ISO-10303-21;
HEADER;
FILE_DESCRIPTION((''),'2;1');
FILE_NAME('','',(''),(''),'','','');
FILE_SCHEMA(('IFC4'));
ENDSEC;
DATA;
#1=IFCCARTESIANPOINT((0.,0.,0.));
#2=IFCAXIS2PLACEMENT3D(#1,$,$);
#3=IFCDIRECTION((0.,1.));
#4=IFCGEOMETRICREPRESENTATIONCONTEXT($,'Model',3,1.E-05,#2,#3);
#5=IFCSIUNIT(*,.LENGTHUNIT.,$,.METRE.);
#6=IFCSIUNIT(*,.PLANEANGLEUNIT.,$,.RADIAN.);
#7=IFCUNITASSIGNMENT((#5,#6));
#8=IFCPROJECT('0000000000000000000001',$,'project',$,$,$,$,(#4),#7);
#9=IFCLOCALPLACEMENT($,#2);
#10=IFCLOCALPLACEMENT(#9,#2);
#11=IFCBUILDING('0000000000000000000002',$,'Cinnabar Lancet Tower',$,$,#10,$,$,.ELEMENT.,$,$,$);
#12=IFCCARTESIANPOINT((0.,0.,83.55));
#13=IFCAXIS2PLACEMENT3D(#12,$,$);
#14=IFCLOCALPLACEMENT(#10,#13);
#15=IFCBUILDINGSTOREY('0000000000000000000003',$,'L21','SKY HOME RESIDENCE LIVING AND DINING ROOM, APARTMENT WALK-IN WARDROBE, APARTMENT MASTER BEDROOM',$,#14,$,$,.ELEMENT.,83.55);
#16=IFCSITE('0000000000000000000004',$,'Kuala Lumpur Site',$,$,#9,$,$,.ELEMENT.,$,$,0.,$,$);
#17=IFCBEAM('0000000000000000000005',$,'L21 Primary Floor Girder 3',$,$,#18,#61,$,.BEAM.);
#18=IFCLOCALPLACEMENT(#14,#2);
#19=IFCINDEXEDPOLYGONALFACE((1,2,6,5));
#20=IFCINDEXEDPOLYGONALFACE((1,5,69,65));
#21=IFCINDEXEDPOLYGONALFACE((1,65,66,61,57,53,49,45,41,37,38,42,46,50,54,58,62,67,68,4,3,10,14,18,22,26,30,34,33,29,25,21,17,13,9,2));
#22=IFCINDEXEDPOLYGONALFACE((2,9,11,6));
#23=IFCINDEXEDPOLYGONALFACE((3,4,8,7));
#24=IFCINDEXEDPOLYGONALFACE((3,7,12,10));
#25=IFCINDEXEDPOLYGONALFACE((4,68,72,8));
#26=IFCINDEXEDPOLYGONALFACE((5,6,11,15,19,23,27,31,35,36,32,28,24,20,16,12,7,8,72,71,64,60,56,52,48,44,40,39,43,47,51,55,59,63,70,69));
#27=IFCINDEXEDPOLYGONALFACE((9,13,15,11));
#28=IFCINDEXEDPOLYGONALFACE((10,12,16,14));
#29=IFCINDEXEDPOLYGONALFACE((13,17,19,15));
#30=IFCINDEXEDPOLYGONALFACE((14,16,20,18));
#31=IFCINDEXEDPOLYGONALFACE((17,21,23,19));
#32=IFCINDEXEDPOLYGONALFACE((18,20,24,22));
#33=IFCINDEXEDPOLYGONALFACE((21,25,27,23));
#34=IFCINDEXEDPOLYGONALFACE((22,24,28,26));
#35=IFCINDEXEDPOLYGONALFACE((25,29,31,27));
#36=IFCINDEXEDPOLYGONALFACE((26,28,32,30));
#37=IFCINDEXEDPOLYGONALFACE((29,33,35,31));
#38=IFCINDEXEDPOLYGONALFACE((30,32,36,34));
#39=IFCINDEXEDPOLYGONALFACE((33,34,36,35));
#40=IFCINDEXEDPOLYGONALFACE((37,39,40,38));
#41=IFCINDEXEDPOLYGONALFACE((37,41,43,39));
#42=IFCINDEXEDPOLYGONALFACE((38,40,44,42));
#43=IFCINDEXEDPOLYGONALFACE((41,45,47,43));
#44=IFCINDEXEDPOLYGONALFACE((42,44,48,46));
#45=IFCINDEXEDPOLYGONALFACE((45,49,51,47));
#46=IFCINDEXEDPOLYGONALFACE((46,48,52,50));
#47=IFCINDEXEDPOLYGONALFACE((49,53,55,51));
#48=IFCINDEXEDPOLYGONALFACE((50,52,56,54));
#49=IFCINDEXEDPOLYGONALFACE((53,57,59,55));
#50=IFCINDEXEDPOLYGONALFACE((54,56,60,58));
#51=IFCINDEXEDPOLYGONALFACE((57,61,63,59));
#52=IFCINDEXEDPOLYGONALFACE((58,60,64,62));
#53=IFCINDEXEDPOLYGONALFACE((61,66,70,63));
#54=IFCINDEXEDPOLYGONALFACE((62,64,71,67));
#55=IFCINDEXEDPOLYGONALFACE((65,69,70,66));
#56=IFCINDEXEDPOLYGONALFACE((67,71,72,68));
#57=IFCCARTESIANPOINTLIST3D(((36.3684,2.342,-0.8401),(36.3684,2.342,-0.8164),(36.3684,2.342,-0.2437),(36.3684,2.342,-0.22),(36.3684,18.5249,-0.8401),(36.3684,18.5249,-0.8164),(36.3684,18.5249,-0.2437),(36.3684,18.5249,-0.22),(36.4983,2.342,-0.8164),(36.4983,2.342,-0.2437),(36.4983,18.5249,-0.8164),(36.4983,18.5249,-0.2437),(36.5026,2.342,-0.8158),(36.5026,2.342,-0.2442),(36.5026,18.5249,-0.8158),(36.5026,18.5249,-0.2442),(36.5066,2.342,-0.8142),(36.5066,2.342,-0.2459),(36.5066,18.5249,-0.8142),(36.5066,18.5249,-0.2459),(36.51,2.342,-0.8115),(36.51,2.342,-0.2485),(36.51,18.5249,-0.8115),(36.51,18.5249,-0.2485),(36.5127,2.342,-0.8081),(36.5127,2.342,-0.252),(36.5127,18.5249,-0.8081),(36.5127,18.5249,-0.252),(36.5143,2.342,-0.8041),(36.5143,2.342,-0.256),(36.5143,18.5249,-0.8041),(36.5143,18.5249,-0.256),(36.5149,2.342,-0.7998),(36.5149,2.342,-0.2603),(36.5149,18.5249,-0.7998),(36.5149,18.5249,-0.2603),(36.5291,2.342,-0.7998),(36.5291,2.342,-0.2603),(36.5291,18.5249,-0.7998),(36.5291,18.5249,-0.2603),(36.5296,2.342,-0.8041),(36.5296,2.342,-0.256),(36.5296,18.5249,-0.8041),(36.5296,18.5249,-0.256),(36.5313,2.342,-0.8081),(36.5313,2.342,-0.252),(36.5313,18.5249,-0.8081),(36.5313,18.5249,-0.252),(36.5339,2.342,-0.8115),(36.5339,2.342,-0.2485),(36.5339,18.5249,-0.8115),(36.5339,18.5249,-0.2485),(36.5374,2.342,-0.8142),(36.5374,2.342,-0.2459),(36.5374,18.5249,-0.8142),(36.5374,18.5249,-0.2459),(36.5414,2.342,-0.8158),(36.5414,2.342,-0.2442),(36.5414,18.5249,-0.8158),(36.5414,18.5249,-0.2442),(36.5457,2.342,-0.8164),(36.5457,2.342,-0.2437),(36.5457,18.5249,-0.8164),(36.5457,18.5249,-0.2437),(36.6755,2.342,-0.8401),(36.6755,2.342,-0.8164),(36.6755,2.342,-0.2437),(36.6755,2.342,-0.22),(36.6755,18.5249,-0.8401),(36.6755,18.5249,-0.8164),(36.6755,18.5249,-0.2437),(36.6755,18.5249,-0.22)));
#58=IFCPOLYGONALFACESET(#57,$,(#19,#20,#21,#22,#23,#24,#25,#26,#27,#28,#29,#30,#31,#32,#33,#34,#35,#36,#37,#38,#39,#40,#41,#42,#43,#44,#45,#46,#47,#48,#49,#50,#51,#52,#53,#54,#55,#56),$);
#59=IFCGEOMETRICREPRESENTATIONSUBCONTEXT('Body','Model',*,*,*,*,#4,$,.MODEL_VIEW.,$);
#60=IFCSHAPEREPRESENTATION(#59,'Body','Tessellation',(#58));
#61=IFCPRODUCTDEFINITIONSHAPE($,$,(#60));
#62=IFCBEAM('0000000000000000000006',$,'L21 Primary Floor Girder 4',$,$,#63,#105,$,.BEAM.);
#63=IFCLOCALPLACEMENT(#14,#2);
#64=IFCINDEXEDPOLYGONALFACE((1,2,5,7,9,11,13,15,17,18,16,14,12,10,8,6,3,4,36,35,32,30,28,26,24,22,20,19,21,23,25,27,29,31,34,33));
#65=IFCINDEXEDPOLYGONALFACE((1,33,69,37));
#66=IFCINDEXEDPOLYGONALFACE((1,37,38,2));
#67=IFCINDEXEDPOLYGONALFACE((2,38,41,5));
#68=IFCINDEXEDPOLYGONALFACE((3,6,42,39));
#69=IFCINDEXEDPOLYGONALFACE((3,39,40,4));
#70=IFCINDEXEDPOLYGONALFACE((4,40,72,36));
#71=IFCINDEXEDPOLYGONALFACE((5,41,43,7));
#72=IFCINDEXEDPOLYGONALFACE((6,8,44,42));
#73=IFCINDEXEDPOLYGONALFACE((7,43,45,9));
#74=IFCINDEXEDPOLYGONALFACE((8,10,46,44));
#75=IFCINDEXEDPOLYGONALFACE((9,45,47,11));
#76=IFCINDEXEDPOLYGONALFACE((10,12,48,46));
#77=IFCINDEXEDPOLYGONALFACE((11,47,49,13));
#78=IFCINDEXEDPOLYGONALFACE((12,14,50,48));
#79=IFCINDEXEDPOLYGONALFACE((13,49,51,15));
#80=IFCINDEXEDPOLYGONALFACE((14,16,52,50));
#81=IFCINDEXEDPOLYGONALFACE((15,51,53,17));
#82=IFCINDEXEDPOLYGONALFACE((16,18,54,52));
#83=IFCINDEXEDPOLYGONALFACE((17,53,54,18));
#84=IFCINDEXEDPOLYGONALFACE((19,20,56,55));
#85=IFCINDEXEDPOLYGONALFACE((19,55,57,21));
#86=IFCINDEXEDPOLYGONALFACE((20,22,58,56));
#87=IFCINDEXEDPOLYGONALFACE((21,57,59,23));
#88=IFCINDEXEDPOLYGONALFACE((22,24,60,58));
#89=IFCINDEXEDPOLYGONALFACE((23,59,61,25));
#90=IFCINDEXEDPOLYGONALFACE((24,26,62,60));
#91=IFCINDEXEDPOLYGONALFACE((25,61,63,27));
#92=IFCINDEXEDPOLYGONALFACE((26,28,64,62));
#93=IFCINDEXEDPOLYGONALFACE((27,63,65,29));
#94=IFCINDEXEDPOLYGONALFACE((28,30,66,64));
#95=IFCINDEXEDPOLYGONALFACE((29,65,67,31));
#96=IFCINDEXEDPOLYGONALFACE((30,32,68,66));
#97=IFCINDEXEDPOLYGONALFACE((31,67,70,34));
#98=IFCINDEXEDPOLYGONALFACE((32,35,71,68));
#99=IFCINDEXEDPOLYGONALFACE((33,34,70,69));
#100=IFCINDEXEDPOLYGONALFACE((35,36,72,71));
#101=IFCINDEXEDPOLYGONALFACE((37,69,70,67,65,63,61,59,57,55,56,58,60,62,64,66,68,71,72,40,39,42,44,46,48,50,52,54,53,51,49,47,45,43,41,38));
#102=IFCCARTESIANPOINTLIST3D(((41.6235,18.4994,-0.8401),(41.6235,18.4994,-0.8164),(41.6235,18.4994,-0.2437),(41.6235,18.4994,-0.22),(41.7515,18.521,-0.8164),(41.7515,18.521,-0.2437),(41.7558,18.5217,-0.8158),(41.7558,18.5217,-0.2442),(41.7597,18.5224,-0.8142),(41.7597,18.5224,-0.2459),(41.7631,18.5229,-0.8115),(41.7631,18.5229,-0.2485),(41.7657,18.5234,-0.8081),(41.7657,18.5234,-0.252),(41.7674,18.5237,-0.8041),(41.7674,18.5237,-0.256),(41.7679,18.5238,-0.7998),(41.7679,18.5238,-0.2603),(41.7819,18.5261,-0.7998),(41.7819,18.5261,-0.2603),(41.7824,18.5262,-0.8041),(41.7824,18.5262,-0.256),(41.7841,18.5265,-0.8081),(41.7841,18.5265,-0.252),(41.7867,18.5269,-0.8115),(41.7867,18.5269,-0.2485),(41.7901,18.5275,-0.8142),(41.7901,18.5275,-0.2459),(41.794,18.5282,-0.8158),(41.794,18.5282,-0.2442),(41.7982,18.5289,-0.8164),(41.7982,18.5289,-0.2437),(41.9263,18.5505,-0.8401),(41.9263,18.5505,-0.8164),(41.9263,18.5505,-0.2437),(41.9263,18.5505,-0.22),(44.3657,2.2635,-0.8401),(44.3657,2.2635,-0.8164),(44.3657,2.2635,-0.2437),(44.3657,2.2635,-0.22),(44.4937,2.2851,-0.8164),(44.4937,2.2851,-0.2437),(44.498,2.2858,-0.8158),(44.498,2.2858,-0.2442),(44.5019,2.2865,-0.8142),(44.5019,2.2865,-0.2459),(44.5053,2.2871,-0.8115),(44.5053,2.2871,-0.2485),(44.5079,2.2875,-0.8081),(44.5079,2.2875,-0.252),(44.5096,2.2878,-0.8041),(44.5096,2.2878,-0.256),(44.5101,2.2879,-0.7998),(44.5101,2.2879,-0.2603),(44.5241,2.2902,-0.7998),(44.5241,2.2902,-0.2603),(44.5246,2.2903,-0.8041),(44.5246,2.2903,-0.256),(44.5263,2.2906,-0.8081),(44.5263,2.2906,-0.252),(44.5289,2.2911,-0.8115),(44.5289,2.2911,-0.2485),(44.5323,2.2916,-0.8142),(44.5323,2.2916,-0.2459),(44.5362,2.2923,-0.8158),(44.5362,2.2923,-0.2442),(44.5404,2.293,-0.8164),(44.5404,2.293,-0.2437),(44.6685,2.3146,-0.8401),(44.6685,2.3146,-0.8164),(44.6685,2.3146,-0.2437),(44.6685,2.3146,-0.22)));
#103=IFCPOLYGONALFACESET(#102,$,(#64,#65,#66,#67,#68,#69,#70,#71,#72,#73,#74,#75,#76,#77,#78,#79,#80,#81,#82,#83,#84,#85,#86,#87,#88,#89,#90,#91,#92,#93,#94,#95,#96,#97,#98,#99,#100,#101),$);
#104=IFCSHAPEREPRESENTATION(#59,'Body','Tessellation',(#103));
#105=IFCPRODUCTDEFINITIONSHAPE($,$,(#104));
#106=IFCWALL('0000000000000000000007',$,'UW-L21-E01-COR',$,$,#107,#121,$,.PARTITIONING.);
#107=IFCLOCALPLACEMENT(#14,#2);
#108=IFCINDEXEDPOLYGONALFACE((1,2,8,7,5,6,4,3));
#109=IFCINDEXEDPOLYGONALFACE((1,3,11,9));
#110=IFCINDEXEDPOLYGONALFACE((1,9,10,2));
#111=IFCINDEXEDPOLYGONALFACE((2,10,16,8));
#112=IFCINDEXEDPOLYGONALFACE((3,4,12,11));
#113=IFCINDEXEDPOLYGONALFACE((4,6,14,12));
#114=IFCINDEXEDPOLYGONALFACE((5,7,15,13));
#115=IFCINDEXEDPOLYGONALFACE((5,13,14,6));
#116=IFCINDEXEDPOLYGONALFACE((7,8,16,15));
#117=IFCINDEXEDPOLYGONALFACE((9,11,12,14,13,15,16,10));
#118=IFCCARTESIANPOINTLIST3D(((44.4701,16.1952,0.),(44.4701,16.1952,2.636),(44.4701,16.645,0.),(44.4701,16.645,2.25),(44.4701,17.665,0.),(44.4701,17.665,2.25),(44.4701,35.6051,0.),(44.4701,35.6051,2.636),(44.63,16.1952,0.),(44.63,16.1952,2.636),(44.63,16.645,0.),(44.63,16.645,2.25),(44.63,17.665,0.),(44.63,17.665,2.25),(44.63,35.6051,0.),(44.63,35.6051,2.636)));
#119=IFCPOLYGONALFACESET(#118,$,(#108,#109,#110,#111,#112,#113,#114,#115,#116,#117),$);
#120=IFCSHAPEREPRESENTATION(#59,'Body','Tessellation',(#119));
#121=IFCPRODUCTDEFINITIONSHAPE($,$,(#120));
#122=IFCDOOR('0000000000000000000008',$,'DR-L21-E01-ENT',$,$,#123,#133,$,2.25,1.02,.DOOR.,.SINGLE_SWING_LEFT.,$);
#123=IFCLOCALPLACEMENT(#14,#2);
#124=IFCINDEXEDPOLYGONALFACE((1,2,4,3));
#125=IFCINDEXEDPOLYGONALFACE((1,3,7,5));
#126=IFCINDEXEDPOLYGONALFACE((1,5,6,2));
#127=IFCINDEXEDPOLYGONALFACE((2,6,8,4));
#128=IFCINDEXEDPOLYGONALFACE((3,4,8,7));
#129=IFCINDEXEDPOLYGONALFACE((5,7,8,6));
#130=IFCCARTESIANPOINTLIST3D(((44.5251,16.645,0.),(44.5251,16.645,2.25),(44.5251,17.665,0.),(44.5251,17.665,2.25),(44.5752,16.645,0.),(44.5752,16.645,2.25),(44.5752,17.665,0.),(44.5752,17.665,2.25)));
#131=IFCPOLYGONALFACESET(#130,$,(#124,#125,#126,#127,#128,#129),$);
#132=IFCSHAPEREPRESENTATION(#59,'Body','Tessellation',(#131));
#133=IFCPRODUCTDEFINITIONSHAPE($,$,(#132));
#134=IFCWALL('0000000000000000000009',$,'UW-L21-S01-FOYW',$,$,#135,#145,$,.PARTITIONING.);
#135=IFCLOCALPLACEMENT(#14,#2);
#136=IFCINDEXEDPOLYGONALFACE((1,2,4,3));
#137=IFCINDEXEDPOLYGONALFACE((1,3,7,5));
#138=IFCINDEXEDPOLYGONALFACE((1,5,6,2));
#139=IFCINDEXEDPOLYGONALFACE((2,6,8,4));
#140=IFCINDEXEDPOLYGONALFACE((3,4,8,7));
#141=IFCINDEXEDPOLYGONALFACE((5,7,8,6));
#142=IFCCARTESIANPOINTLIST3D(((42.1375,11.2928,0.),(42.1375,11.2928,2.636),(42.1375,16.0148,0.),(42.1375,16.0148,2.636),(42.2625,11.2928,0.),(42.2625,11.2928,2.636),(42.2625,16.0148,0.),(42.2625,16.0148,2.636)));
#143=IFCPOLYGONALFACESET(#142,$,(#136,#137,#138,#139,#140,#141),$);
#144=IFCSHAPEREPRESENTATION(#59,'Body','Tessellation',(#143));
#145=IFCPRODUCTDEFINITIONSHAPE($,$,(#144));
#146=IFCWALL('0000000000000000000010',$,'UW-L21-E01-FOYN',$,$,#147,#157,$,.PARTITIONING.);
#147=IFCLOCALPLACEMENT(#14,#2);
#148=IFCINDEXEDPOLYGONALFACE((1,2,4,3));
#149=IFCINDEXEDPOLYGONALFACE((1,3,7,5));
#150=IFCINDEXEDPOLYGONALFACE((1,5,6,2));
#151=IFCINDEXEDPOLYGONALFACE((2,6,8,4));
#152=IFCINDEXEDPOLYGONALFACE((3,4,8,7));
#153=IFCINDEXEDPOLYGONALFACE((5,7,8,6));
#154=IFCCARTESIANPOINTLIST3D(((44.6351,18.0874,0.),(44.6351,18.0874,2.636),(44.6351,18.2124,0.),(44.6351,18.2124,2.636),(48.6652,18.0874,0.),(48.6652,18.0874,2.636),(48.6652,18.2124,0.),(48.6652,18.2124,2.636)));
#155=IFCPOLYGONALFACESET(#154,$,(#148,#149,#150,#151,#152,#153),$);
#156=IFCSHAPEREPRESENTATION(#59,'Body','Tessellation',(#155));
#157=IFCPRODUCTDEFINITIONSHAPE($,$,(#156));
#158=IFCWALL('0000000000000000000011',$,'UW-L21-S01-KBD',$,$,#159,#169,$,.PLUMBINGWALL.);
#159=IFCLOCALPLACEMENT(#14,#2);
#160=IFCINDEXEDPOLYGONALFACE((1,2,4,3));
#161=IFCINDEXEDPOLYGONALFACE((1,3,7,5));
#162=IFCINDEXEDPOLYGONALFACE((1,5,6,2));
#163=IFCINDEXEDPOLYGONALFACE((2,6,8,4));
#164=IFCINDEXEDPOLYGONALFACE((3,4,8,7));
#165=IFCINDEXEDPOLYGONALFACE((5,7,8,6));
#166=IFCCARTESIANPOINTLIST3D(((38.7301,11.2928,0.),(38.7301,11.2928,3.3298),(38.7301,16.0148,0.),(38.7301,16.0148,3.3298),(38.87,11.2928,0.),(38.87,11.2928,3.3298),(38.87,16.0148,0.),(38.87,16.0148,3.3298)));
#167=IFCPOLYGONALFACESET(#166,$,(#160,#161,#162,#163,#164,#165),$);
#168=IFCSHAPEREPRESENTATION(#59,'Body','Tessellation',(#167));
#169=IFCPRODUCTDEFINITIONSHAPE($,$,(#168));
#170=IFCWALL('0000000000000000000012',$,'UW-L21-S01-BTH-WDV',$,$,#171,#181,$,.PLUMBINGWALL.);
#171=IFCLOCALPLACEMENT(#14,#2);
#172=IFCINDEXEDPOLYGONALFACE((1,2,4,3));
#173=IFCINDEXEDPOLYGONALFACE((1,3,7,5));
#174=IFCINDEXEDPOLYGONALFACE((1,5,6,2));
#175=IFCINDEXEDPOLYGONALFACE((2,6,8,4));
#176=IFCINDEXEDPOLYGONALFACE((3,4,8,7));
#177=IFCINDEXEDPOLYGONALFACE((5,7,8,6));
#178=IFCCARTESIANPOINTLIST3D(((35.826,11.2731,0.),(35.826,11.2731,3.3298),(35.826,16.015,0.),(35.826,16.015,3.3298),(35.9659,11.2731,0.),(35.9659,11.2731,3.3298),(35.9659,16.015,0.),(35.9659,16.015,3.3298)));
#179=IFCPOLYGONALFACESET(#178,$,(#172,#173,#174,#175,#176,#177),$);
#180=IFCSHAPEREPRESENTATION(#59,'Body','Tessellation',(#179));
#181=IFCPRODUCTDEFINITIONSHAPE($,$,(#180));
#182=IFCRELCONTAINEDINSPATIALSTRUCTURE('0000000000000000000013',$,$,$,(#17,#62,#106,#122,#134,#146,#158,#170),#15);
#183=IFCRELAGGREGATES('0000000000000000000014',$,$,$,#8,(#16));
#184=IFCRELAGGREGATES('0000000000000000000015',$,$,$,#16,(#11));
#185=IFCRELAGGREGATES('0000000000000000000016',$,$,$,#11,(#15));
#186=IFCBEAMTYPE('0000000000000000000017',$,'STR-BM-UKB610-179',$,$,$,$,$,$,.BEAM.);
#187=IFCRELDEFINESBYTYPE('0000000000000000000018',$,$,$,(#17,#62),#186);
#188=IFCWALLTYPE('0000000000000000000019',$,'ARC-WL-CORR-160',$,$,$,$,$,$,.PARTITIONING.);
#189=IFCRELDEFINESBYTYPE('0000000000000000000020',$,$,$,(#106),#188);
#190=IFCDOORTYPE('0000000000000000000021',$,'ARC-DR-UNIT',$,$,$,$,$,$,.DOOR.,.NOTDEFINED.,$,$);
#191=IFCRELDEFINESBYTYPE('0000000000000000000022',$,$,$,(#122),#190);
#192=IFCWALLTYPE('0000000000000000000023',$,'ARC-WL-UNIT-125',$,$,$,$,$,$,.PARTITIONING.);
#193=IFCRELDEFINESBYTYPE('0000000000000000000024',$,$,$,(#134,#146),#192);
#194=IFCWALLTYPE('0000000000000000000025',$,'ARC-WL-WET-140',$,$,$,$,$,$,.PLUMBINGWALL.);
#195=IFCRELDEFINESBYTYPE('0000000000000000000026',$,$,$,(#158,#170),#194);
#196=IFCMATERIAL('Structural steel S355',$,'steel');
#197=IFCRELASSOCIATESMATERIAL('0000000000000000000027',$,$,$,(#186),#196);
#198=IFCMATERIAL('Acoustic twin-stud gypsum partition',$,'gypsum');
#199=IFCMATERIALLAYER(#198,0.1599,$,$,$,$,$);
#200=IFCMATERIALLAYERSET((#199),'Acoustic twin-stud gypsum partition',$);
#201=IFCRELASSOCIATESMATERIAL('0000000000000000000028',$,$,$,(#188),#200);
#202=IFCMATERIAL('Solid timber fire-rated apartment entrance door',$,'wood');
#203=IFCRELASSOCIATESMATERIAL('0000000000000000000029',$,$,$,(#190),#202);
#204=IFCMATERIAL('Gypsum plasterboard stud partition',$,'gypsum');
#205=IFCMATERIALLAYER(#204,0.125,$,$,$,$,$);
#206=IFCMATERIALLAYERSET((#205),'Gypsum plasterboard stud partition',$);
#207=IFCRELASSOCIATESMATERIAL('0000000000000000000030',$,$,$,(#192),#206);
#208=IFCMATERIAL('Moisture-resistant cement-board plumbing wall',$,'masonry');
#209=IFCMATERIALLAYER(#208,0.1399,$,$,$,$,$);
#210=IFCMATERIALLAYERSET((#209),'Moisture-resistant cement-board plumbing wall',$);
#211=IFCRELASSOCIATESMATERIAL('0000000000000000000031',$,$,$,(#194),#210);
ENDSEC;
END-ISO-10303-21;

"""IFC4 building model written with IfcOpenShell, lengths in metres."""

from ifc_helpers import new_model, si_unit, direction, frame, frame_2d, origin, origin_2d, place, context, subcontext, project, spatial, rectangle, i_section, extrude, material, layer, layer_set, material_profile, profile_set, type_object, element, fill, save


model = new_model("IFC4")

# Units and contexts
model_context = context("Model", 3, precision=1e-05, world=origin(), true_north=direction((0.0, 1.0)))
body_context = subcontext(model_context, "Body", "Model", "MODEL_VIEW")
ifc_project = project(units=[si_unit("LENGTHUNIT", "METRE"), si_unit("PLANEANGLEUNIT", "RADIAN")], contexts=[model_context])

# Site, building, storey
site_placement = place(None, origin())
site = spatial("IfcSite", under=ifc_project, at=site_placement, Name="Kuala Lumpur Site", CompositionType="ELEMENT", RefElevation=0.0)
building_placement = place(site_placement, origin())
building = spatial("IfcBuilding", under=site, at=building_placement, Name="Cinnabar Lancet Tower", CompositionType="ELEMENT")
storey_placement = place(building_placement, frame((0.0, 0.0, 83.55)))
storey = spatial("IfcBuildingStorey", under=building, at=storey_placement, Name="L21", Description="SKY HOME RESIDENCE LIVING AND DINING ROOM, APARTMENT WALK-IN WARDROBE, APARTMENT MASTER BEDROOM", CompositionType="ELEMENT", Elevation=83.55)

# Beams
ifc_material_1 = material(Name="Structural steel S355", Category="steel")
ifc_material_profile_1 = material_profile(ifc_material_1, i_section(OverallWidth=0.3071, OverallDepth=0.6201, WebThickness=0.0142, FlangeThickness=0.0237, FilletRadius=0.0166, at=origin_2d()), Name="UKB 610x305x179")
ifc_profile_set_1 = profile_set([ifc_material_profile_1], Name="Structural steel S355")
beam_type_1 = type_object("IfcBeamType", Name="STR-BM-UKB610-179", PredefinedType="BEAM", material=ifc_profile_set_1)
beam_1_placement = place(storey_placement, frame((36.522, 2.342, -0.53), z_axis=(0.0, 1.0, 0.0), x_axis=(-1.0, 0.0, 0.0)))
element("IfcBeam", 1, at=beam_1_placement, inside=storey, type_object=beam_type_1, Name="L21 Primary Floor Girder 3", PredefinedType="BEAM", context=body_context, shape_type="SweptSolid", body=[
    extrude(i_section(OverallWidth=0.3071, OverallDepth=0.6201, WebThickness=0.0142, FlangeThickness=0.0237, FilletRadius=0.0166, at=origin_2d()), origin(), (0.0, 0.0, 1.0), 16.1829),
])
beam_2_placement = place(storey_placement, frame((44.5171, 2.2891, -0.53), z_axis=(-0.166539, 0.986035, 0.0), x_axis=(-0.986035, -0.166539, 0.0)))
element("IfcBeam", 2, at=beam_2_placement, inside=storey, type_object=beam_type_1, Name="L21 Primary Floor Girder 4", PredefinedType="BEAM", context=body_context, shape_type="SweptSolid", body=[
    extrude(i_section(OverallWidth=0.3071, OverallDepth=0.6201, WebThickness=0.0142, FlangeThickness=0.0237, FilletRadius=0.0166, at=origin_2d()), origin(), (0.0, 0.0, 1.0), 16.4658),
])

# Wall, opening, door
ifc_material_2 = material(Name="Acoustic twin-stud gypsum partition", Category="gypsum")
ifc_layer_1 = layer(ifc_material_2, 0.1599)
ifc_layer_set_1 = layer_set([ifc_layer_1], Name="Acoustic twin-stud gypsum partition")
wall_type_1 = type_object("IfcWallType", Name="ARC-WL-CORR-160", PredefinedType="PARTITIONING", material=ifc_layer_set_1)
wall_1_placement = place(storey_placement, frame((44.55, 16.1951, 0.0), z_axis=(0.0, 0.0, 1.0), x_axis=(0.0, 1.0, 0.0)))
wall_1 = element("IfcWall", 3, at=wall_1_placement, inside=storey, type_object=wall_type_1, Name="UW-L21-E01-COR", PredefinedType="PARTITIONING", context=body_context, shape_type="SweptSolid", body=[
    extrude(rectangle(XDim=19.4099, YDim=0.1599, at=frame_2d((9.7051, 0.0))), origin(), (0.0, 0.0, 1.0), 2.636),
])
opening_1_placement = place(wall_1_placement, frame((0.45, 0.0, 0.0)))
opening_1 = element("IfcOpeningElement", 4, at=opening_1_placement, cuts=wall_1, PredefinedType="OPENING", context=body_context, shape_type="SweptSolid", body=[
    extrude(rectangle(XDim=1.02, YDim=2.25, at=frame_2d((0.51, 1.125))), frame((0.0, 0.0898, 0.0), z_axis=(0.0, -1.0, 0.0), x_axis=(1.0, 0.0, 0.0)), (0.0, 0.0, 1.0), 0.1799),
])
ifc_material_3 = material(Name="Solid timber fire-rated apartment entrance door", Category="wood")
door_type = type_object("IfcDoorType", Name="ARC-DR-UNIT", OperationType="NOTDEFINED", PredefinedType="DOOR", material=ifc_material_3)
door_placement = place(opening_1_placement, origin())
door = element("IfcDoor", 5, at=door_placement, inside=storey, type_object=door_type, Name="DR-L21-E01-ENT", OperationType="SINGLE_SWING_LEFT", OverallHeight=2.25, OverallWidth=1.02, PredefinedType="DOOR", context=body_context, shape_type="SweptSolid", body=[
    extrude(rectangle(XDim=1.02, YDim=2.25, at=frame_2d((0.51, 1.125))), frame((0.0, 0.0249, 0.0), z_axis=(0.0, -1.0, 0.0), x_axis=(1.0, 0.0, 0.0)), (0.0, 0.0, 1.0), 0.05),
])
fill(opening_1, door)

# Walls
ifc_material_4 = material(Name="Gypsum plasterboard stud partition", Category="gypsum")
ifc_layer_2 = layer(ifc_material_4, 0.125)
ifc_layer_set_2 = layer_set([ifc_layer_2], Name="Gypsum plasterboard stud partition")
wall_type_2 = type_object("IfcWallType", Name="ARC-WL-UNIT-125", PredefinedType="PARTITIONING", material=ifc_layer_set_2)
wall_2_placement = place(storey_placement, frame((42.2, 11.293, 0.0), z_axis=(0.0, 0.0, 1.0), x_axis=(0.0, 1.0, 0.0)))
element("IfcWall", 6, at=wall_2_placement, inside=storey, type_object=wall_type_2, Name="UW-L21-S01-FOYW", PredefinedType="PARTITIONING", context=body_context, shape_type="SweptSolid", body=[
    extrude(rectangle(XDim=4.7219, YDim=0.125, at=frame_2d((2.3608, 0.0))), origin(), (0.0, 0.0, 1.0), 2.636),
])
wall_3_placement = place(storey_placement, frame((44.635, 18.1499, 0.0), z_axis=(0.0, 0.0, 1.0), x_axis=(1.0, 0.0, 0.0)))
element("IfcWall", 7, at=wall_3_placement, inside=storey, type_object=wall_type_2, Name="UW-L21-E01-FOYN", PredefinedType="PARTITIONING", context=body_context, shape_type="SweptSolid", body=[
    extrude(rectangle(XDim=4.03, YDim=0.125, at=frame_2d((2.0151, 0.0))), origin(), (0.0, 0.0, 1.0), 2.636),
])
ifc_material_5 = material(Name="Moisture-resistant cement-board plumbing wall", Category="masonry")
ifc_layer_3 = layer(ifc_material_5, 0.1399)
ifc_layer_set_3 = layer_set([ifc_layer_3], Name="Moisture-resistant cement-board plumbing wall")
wall_type_3 = type_object("IfcWallType", Name="ARC-WL-WET-140", PredefinedType="PLUMBINGWALL", material=ifc_layer_set_3)
wall_4_placement = place(storey_placement, frame((38.8, 11.293, 0.0), z_axis=(0.0, 0.0, 1.0), x_axis=(0.0, 1.0, 0.0)))
element("IfcWall", 8, at=wall_4_placement, inside=storey, type_object=wall_type_3, Name="UW-L21-S01-KBD", PredefinedType="PLUMBINGWALL", context=body_context, shape_type="SweptSolid", body=[
    extrude(rectangle(XDim=4.7219, YDim=0.1399, at=frame_2d((2.3608, 0.0))), origin(), (0.0, 0.0, 1.0), 3.3298),
])
wall_5_placement = place(storey_placement, frame((35.896, 11.2729, 0.0), z_axis=(0.0, 0.0, 1.0), x_axis=(0.0, 1.0, 0.0)))
element("IfcWall", 9, at=wall_5_placement, inside=storey, type_object=wall_type_3, Name="UW-L21-S01-BTH-WDV", PredefinedType="PLUMBINGWALL", context=body_context, shape_type="SweptSolid", body=[
    extrude(rectangle(XDim=4.7419, YDim=0.1399, at=frame_2d((2.3711, 0.0))), origin(), (0.0, 0.0, 1.0), 3.3298),
])

save(model, "model.ifc")
